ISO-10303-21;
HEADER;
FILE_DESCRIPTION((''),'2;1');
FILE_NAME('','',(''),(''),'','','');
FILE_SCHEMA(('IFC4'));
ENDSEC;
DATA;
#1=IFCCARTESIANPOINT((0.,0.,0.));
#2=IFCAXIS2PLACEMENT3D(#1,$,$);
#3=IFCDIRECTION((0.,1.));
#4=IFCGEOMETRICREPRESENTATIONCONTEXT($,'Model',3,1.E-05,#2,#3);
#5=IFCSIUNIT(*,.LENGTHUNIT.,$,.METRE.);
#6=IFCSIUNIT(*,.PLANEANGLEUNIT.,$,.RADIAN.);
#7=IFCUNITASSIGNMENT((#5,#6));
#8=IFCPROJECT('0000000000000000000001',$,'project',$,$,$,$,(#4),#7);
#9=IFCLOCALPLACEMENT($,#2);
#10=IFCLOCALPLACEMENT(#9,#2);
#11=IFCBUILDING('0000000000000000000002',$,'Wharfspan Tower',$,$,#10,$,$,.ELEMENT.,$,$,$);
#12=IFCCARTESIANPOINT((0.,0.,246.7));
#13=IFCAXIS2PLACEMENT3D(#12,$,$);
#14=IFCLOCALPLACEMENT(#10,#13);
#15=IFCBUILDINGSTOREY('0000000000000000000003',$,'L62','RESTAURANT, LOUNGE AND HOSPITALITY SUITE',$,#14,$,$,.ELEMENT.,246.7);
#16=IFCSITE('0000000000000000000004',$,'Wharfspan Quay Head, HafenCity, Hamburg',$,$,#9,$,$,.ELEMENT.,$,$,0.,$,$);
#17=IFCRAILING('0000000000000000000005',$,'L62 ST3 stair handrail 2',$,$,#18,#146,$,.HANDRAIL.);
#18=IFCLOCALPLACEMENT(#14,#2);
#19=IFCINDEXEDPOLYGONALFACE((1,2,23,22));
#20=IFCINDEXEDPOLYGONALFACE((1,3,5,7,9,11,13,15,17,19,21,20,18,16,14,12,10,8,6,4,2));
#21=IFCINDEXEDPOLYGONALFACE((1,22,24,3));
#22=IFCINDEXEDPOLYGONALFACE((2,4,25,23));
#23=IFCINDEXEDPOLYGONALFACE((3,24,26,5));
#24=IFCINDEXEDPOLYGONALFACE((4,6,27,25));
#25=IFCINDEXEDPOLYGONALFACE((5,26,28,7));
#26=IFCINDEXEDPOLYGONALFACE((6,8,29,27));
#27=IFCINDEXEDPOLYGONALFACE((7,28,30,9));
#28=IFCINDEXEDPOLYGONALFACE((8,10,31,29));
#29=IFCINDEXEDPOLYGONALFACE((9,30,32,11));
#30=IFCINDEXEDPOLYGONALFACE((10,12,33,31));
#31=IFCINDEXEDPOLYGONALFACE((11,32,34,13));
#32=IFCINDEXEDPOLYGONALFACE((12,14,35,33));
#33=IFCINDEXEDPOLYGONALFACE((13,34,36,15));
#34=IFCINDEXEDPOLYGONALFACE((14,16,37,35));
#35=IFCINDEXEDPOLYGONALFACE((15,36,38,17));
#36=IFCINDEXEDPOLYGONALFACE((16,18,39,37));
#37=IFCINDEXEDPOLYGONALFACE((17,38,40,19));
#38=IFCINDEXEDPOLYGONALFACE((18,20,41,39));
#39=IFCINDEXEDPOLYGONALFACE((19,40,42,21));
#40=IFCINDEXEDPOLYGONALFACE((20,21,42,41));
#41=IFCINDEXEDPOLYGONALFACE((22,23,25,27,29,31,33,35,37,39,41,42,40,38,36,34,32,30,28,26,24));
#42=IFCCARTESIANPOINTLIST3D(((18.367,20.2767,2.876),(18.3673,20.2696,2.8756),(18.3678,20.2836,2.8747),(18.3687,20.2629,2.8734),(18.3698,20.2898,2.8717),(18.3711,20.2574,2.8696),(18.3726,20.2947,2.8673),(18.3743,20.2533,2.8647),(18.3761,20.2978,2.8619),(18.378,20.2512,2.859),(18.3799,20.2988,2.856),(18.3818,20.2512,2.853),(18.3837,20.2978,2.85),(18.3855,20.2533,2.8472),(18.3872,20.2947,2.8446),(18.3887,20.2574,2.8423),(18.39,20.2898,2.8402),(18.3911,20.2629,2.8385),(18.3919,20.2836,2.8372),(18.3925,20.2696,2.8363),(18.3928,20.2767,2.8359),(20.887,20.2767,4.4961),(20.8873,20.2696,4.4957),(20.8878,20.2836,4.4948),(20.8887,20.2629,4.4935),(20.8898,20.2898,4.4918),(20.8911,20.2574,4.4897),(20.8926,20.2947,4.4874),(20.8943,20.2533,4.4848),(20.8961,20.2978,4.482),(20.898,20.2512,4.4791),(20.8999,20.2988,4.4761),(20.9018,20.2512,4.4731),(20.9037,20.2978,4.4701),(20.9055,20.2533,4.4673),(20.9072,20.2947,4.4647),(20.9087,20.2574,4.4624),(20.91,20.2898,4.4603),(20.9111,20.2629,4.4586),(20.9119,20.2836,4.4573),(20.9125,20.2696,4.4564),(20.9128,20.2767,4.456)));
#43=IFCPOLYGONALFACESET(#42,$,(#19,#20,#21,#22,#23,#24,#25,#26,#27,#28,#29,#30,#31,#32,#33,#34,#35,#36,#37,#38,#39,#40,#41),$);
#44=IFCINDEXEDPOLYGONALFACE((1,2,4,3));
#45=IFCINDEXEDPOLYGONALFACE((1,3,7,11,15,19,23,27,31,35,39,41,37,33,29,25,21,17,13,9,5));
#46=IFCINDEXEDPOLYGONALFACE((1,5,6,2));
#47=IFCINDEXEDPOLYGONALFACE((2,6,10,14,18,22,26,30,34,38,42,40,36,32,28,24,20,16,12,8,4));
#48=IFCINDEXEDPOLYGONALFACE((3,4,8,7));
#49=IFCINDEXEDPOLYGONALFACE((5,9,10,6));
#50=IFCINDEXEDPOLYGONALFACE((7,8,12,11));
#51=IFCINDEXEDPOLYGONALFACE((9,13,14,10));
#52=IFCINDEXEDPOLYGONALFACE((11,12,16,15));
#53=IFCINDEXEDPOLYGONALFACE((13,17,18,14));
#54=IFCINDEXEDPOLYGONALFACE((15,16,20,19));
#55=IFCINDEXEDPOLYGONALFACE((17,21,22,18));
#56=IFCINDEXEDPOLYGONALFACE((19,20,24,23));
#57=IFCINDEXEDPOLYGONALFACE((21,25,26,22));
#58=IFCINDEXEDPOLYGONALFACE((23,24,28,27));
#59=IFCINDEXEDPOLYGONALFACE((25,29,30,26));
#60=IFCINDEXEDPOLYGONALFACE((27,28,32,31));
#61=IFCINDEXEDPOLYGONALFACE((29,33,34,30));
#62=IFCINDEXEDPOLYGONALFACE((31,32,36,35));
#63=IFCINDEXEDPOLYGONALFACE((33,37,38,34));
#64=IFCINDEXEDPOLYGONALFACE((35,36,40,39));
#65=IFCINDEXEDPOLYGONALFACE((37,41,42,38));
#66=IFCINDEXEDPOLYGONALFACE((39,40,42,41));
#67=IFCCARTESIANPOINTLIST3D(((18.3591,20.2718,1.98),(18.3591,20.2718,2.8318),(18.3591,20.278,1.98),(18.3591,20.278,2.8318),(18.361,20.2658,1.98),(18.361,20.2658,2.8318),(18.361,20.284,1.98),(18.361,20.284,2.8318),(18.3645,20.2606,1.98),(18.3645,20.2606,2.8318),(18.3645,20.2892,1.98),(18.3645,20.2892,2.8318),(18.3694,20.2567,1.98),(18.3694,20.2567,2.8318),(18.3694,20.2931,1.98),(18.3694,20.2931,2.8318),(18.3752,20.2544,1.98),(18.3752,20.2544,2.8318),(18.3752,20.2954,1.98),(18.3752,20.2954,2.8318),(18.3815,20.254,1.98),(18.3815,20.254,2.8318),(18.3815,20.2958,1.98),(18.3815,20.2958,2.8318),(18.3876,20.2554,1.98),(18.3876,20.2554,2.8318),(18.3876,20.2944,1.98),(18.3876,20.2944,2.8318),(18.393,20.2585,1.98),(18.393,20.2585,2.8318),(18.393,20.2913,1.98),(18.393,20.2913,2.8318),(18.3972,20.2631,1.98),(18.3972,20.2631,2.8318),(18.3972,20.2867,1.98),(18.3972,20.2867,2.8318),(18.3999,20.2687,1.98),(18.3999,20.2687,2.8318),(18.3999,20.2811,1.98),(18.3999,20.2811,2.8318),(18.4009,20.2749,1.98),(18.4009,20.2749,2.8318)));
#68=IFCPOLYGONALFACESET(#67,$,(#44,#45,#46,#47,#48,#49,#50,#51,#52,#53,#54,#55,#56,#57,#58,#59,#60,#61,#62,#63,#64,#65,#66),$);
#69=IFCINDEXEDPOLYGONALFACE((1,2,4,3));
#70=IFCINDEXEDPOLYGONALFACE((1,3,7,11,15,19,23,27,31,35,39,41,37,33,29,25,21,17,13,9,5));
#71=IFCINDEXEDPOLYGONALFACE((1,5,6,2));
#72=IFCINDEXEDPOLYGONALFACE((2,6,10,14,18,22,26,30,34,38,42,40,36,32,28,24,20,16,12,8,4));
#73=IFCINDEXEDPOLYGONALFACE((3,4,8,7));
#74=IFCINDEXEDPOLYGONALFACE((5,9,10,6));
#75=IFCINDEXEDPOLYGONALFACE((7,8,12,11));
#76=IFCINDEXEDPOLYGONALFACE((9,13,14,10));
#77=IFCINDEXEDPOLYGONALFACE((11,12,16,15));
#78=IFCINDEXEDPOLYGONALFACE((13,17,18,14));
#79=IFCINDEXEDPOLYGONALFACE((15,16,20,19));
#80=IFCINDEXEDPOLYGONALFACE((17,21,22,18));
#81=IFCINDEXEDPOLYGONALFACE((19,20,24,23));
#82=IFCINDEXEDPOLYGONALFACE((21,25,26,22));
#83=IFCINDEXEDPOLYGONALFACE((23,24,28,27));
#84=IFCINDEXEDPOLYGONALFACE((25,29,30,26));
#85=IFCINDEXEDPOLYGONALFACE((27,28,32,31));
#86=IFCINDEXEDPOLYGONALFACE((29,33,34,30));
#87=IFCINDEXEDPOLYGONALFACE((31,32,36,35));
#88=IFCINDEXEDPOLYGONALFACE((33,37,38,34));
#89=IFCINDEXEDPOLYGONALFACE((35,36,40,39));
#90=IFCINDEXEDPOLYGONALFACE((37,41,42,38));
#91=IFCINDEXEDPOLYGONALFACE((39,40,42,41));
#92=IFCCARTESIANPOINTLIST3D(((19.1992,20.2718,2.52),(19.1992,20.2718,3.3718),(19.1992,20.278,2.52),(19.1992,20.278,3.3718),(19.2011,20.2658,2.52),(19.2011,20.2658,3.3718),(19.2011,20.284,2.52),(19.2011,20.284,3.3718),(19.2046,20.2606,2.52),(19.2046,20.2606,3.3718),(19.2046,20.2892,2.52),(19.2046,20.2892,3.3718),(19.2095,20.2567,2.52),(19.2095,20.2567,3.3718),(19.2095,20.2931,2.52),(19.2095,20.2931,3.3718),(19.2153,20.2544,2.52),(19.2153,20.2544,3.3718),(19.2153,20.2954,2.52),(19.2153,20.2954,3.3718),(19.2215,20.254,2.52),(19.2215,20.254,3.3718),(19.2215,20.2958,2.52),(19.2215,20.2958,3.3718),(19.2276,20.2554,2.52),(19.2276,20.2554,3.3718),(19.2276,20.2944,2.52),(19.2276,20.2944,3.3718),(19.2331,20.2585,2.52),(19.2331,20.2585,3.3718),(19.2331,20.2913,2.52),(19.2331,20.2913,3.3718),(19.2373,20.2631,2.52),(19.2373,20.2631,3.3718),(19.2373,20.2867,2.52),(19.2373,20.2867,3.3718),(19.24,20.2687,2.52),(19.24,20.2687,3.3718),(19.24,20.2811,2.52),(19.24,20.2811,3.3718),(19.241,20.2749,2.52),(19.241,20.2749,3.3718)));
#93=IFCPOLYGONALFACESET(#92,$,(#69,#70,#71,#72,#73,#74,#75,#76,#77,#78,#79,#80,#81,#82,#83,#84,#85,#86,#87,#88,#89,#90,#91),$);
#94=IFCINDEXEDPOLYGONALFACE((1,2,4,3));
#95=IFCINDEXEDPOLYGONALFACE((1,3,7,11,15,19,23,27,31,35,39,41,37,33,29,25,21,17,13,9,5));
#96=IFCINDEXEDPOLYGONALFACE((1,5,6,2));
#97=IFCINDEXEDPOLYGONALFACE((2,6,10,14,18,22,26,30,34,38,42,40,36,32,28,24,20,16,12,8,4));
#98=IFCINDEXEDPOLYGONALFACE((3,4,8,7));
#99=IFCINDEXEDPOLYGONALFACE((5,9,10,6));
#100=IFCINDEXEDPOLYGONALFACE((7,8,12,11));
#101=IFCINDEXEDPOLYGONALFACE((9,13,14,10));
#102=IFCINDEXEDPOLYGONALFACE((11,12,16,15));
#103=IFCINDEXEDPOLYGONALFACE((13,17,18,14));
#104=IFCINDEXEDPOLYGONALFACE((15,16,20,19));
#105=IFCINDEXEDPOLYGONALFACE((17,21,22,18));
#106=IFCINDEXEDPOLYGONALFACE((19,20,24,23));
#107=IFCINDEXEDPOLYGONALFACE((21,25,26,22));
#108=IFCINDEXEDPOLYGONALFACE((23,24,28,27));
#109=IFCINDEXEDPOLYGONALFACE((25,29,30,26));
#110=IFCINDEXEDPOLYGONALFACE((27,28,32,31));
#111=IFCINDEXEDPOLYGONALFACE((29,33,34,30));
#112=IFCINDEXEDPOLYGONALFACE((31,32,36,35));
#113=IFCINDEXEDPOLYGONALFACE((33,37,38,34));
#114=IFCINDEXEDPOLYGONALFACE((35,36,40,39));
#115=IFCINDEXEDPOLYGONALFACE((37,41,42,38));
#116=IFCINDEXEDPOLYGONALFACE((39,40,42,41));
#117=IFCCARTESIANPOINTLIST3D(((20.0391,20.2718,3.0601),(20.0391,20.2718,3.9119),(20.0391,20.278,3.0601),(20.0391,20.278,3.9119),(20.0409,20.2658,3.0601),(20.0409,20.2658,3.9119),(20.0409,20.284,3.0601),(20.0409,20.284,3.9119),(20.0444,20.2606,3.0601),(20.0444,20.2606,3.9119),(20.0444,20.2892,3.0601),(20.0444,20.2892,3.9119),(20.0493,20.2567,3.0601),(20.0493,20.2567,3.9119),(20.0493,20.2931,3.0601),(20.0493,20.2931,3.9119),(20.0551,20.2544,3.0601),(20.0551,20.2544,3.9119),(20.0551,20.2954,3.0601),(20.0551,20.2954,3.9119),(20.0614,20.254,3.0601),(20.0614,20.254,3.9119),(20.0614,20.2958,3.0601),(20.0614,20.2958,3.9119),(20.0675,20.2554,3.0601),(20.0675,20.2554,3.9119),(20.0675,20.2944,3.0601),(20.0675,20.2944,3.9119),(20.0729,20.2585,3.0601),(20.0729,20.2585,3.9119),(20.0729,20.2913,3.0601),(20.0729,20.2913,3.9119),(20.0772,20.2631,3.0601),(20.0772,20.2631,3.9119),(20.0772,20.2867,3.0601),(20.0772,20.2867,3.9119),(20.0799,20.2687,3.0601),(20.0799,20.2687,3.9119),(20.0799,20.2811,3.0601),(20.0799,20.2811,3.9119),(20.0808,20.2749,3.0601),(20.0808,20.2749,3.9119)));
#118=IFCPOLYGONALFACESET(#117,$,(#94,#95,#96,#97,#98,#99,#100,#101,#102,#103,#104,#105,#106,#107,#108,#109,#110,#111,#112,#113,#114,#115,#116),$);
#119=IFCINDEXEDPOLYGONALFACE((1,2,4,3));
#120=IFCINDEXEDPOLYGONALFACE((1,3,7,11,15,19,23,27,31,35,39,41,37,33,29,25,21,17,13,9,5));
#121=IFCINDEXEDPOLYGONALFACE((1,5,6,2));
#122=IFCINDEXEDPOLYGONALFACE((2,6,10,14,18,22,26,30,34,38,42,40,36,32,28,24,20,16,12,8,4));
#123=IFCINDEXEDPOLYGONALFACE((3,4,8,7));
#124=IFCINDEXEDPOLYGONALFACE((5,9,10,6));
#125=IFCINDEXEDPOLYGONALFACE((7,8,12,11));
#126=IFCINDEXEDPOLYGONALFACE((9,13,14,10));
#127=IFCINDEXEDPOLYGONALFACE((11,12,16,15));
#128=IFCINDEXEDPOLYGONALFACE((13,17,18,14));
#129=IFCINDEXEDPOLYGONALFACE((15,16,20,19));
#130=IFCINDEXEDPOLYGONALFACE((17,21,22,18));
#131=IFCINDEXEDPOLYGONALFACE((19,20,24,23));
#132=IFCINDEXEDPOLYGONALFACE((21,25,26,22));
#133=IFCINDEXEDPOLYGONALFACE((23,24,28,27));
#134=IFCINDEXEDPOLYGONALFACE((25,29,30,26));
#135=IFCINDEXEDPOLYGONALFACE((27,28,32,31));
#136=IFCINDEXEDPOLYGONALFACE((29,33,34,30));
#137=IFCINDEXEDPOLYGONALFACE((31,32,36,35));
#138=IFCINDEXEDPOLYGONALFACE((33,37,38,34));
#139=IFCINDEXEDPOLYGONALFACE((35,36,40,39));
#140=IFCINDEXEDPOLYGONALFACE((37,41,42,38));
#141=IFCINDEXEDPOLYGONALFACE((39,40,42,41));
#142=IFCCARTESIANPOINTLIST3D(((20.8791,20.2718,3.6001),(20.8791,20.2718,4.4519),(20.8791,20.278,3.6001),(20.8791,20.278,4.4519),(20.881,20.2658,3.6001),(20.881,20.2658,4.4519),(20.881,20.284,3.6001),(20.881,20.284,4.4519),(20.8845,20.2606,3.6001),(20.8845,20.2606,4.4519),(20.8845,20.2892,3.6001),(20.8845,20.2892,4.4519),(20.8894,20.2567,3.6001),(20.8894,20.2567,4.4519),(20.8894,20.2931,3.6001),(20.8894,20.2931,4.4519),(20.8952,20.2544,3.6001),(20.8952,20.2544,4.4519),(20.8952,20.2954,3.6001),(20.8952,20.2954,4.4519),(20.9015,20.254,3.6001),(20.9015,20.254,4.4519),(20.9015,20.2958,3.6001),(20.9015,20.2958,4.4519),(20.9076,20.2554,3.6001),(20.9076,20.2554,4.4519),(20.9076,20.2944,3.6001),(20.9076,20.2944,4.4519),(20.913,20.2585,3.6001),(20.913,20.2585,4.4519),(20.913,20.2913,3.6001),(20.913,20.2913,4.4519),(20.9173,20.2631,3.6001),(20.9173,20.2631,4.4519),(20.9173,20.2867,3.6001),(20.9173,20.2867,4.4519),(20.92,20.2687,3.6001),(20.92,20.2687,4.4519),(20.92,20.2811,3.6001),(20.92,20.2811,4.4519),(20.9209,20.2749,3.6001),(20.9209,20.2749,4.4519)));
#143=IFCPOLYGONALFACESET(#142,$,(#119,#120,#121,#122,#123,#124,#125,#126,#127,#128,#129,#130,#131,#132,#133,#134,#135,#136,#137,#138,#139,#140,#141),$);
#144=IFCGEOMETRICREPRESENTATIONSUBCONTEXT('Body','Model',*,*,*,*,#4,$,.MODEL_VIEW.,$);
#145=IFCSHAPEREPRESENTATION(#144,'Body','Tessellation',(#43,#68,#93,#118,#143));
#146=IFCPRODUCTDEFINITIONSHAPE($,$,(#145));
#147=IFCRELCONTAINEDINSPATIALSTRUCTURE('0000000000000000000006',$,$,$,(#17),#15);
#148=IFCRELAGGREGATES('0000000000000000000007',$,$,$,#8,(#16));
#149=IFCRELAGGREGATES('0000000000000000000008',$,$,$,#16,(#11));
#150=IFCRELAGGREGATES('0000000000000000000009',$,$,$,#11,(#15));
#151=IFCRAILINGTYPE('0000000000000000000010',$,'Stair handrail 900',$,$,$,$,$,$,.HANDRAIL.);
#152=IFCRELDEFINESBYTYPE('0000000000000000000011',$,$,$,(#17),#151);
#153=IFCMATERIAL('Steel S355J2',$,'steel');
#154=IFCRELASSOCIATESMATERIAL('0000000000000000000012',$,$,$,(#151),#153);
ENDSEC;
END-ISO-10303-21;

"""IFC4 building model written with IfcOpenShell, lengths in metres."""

from ifc_helpers import new_model, si_unit, direction, frame, origin, origin_2d, place, context, subcontext, project, spatial, circle, extrude, material, type_object, element, save


model = new_model("IFC4")

# Units and contexts
model_context = context("Model", 3, precision=1e-05, world=origin(), true_north=direction((0.0, 1.0)))
body_context = subcontext(model_context, "Body", "Model", "MODEL_VIEW")
ifc_project = project(units=[si_unit("LENGTHUNIT", "METRE"), si_unit("PLANEANGLEUNIT", "RADIAN")], contexts=[model_context])

# Site, building, storey
site_placement = place(None, origin())
site = spatial("IfcSite", under=ifc_project, at=site_placement, Name="Wharfspan Quay Head, HafenCity, Hamburg", CompositionType="ELEMENT", RefElevation=0.0)
building_placement = place(site_placement, origin())
building = spatial("IfcBuilding", under=site, at=building_placement, Name="Wharfspan Tower", CompositionType="ELEMENT")
storey_placement = place(building_placement, frame((0.0, 0.0, 246.7)))
storey = spatial("IfcBuildingStorey", under=building, at=storey_placement, Name="L62", Description="RESTAURANT, LOUNGE AND HOSPITALITY SUITE", CompositionType="ELEMENT", Elevation=246.7)

# Shared definitions
ifc_material_1 = material(Name="Steel S355J2", Category="steel")

# Railing
railing_type_1 = type_object("IfcRailingType", Name="Stair handrail 900", PredefinedType="HANDRAIL", material=ifc_material_1)
railing_1_placement = place(storey_placement, frame((18.3799, 20.2749, 1.98)))
element("IfcRailing", 1, at=railing_1_placement, inside=storey, type_object=railing_type_1, Name="L62 ST3 stair handrail 2", PredefinedType="HANDRAIL", context=body_context, shape_type="SweptSolid", body=[
    extrude(circle(Radius=0.0239, at=origin_2d()), frame((0.0, 0.0, 0.876), z_axis=(0.841163, 0.0, 0.540782), x_axis=(0.0, 1.0, 0.0)), (0.0, 0.0, 1.0), 2.9958),
    extrude(circle(Radius=0.021, at=origin_2d()), origin(), (0.0, 0.0, 1.0), 0.8518),
    extrude(circle(Radius=0.021, at=origin_2d()), frame((0.8401, 0.0, 0.54)), (0.0, 0.0, 1.0), 0.8518),
    extrude(circle(Radius=0.021, at=origin_2d()), frame((1.6799, 0.0, 1.0801)), (0.0, 0.0, 1.0), 0.8518),
    extrude(circle(Radius=0.021, at=origin_2d()), frame((2.52, 0.0, 1.6201)), (0.0, 0.0, 1.0), 0.8518),
])

save(model, "model.ifc")
